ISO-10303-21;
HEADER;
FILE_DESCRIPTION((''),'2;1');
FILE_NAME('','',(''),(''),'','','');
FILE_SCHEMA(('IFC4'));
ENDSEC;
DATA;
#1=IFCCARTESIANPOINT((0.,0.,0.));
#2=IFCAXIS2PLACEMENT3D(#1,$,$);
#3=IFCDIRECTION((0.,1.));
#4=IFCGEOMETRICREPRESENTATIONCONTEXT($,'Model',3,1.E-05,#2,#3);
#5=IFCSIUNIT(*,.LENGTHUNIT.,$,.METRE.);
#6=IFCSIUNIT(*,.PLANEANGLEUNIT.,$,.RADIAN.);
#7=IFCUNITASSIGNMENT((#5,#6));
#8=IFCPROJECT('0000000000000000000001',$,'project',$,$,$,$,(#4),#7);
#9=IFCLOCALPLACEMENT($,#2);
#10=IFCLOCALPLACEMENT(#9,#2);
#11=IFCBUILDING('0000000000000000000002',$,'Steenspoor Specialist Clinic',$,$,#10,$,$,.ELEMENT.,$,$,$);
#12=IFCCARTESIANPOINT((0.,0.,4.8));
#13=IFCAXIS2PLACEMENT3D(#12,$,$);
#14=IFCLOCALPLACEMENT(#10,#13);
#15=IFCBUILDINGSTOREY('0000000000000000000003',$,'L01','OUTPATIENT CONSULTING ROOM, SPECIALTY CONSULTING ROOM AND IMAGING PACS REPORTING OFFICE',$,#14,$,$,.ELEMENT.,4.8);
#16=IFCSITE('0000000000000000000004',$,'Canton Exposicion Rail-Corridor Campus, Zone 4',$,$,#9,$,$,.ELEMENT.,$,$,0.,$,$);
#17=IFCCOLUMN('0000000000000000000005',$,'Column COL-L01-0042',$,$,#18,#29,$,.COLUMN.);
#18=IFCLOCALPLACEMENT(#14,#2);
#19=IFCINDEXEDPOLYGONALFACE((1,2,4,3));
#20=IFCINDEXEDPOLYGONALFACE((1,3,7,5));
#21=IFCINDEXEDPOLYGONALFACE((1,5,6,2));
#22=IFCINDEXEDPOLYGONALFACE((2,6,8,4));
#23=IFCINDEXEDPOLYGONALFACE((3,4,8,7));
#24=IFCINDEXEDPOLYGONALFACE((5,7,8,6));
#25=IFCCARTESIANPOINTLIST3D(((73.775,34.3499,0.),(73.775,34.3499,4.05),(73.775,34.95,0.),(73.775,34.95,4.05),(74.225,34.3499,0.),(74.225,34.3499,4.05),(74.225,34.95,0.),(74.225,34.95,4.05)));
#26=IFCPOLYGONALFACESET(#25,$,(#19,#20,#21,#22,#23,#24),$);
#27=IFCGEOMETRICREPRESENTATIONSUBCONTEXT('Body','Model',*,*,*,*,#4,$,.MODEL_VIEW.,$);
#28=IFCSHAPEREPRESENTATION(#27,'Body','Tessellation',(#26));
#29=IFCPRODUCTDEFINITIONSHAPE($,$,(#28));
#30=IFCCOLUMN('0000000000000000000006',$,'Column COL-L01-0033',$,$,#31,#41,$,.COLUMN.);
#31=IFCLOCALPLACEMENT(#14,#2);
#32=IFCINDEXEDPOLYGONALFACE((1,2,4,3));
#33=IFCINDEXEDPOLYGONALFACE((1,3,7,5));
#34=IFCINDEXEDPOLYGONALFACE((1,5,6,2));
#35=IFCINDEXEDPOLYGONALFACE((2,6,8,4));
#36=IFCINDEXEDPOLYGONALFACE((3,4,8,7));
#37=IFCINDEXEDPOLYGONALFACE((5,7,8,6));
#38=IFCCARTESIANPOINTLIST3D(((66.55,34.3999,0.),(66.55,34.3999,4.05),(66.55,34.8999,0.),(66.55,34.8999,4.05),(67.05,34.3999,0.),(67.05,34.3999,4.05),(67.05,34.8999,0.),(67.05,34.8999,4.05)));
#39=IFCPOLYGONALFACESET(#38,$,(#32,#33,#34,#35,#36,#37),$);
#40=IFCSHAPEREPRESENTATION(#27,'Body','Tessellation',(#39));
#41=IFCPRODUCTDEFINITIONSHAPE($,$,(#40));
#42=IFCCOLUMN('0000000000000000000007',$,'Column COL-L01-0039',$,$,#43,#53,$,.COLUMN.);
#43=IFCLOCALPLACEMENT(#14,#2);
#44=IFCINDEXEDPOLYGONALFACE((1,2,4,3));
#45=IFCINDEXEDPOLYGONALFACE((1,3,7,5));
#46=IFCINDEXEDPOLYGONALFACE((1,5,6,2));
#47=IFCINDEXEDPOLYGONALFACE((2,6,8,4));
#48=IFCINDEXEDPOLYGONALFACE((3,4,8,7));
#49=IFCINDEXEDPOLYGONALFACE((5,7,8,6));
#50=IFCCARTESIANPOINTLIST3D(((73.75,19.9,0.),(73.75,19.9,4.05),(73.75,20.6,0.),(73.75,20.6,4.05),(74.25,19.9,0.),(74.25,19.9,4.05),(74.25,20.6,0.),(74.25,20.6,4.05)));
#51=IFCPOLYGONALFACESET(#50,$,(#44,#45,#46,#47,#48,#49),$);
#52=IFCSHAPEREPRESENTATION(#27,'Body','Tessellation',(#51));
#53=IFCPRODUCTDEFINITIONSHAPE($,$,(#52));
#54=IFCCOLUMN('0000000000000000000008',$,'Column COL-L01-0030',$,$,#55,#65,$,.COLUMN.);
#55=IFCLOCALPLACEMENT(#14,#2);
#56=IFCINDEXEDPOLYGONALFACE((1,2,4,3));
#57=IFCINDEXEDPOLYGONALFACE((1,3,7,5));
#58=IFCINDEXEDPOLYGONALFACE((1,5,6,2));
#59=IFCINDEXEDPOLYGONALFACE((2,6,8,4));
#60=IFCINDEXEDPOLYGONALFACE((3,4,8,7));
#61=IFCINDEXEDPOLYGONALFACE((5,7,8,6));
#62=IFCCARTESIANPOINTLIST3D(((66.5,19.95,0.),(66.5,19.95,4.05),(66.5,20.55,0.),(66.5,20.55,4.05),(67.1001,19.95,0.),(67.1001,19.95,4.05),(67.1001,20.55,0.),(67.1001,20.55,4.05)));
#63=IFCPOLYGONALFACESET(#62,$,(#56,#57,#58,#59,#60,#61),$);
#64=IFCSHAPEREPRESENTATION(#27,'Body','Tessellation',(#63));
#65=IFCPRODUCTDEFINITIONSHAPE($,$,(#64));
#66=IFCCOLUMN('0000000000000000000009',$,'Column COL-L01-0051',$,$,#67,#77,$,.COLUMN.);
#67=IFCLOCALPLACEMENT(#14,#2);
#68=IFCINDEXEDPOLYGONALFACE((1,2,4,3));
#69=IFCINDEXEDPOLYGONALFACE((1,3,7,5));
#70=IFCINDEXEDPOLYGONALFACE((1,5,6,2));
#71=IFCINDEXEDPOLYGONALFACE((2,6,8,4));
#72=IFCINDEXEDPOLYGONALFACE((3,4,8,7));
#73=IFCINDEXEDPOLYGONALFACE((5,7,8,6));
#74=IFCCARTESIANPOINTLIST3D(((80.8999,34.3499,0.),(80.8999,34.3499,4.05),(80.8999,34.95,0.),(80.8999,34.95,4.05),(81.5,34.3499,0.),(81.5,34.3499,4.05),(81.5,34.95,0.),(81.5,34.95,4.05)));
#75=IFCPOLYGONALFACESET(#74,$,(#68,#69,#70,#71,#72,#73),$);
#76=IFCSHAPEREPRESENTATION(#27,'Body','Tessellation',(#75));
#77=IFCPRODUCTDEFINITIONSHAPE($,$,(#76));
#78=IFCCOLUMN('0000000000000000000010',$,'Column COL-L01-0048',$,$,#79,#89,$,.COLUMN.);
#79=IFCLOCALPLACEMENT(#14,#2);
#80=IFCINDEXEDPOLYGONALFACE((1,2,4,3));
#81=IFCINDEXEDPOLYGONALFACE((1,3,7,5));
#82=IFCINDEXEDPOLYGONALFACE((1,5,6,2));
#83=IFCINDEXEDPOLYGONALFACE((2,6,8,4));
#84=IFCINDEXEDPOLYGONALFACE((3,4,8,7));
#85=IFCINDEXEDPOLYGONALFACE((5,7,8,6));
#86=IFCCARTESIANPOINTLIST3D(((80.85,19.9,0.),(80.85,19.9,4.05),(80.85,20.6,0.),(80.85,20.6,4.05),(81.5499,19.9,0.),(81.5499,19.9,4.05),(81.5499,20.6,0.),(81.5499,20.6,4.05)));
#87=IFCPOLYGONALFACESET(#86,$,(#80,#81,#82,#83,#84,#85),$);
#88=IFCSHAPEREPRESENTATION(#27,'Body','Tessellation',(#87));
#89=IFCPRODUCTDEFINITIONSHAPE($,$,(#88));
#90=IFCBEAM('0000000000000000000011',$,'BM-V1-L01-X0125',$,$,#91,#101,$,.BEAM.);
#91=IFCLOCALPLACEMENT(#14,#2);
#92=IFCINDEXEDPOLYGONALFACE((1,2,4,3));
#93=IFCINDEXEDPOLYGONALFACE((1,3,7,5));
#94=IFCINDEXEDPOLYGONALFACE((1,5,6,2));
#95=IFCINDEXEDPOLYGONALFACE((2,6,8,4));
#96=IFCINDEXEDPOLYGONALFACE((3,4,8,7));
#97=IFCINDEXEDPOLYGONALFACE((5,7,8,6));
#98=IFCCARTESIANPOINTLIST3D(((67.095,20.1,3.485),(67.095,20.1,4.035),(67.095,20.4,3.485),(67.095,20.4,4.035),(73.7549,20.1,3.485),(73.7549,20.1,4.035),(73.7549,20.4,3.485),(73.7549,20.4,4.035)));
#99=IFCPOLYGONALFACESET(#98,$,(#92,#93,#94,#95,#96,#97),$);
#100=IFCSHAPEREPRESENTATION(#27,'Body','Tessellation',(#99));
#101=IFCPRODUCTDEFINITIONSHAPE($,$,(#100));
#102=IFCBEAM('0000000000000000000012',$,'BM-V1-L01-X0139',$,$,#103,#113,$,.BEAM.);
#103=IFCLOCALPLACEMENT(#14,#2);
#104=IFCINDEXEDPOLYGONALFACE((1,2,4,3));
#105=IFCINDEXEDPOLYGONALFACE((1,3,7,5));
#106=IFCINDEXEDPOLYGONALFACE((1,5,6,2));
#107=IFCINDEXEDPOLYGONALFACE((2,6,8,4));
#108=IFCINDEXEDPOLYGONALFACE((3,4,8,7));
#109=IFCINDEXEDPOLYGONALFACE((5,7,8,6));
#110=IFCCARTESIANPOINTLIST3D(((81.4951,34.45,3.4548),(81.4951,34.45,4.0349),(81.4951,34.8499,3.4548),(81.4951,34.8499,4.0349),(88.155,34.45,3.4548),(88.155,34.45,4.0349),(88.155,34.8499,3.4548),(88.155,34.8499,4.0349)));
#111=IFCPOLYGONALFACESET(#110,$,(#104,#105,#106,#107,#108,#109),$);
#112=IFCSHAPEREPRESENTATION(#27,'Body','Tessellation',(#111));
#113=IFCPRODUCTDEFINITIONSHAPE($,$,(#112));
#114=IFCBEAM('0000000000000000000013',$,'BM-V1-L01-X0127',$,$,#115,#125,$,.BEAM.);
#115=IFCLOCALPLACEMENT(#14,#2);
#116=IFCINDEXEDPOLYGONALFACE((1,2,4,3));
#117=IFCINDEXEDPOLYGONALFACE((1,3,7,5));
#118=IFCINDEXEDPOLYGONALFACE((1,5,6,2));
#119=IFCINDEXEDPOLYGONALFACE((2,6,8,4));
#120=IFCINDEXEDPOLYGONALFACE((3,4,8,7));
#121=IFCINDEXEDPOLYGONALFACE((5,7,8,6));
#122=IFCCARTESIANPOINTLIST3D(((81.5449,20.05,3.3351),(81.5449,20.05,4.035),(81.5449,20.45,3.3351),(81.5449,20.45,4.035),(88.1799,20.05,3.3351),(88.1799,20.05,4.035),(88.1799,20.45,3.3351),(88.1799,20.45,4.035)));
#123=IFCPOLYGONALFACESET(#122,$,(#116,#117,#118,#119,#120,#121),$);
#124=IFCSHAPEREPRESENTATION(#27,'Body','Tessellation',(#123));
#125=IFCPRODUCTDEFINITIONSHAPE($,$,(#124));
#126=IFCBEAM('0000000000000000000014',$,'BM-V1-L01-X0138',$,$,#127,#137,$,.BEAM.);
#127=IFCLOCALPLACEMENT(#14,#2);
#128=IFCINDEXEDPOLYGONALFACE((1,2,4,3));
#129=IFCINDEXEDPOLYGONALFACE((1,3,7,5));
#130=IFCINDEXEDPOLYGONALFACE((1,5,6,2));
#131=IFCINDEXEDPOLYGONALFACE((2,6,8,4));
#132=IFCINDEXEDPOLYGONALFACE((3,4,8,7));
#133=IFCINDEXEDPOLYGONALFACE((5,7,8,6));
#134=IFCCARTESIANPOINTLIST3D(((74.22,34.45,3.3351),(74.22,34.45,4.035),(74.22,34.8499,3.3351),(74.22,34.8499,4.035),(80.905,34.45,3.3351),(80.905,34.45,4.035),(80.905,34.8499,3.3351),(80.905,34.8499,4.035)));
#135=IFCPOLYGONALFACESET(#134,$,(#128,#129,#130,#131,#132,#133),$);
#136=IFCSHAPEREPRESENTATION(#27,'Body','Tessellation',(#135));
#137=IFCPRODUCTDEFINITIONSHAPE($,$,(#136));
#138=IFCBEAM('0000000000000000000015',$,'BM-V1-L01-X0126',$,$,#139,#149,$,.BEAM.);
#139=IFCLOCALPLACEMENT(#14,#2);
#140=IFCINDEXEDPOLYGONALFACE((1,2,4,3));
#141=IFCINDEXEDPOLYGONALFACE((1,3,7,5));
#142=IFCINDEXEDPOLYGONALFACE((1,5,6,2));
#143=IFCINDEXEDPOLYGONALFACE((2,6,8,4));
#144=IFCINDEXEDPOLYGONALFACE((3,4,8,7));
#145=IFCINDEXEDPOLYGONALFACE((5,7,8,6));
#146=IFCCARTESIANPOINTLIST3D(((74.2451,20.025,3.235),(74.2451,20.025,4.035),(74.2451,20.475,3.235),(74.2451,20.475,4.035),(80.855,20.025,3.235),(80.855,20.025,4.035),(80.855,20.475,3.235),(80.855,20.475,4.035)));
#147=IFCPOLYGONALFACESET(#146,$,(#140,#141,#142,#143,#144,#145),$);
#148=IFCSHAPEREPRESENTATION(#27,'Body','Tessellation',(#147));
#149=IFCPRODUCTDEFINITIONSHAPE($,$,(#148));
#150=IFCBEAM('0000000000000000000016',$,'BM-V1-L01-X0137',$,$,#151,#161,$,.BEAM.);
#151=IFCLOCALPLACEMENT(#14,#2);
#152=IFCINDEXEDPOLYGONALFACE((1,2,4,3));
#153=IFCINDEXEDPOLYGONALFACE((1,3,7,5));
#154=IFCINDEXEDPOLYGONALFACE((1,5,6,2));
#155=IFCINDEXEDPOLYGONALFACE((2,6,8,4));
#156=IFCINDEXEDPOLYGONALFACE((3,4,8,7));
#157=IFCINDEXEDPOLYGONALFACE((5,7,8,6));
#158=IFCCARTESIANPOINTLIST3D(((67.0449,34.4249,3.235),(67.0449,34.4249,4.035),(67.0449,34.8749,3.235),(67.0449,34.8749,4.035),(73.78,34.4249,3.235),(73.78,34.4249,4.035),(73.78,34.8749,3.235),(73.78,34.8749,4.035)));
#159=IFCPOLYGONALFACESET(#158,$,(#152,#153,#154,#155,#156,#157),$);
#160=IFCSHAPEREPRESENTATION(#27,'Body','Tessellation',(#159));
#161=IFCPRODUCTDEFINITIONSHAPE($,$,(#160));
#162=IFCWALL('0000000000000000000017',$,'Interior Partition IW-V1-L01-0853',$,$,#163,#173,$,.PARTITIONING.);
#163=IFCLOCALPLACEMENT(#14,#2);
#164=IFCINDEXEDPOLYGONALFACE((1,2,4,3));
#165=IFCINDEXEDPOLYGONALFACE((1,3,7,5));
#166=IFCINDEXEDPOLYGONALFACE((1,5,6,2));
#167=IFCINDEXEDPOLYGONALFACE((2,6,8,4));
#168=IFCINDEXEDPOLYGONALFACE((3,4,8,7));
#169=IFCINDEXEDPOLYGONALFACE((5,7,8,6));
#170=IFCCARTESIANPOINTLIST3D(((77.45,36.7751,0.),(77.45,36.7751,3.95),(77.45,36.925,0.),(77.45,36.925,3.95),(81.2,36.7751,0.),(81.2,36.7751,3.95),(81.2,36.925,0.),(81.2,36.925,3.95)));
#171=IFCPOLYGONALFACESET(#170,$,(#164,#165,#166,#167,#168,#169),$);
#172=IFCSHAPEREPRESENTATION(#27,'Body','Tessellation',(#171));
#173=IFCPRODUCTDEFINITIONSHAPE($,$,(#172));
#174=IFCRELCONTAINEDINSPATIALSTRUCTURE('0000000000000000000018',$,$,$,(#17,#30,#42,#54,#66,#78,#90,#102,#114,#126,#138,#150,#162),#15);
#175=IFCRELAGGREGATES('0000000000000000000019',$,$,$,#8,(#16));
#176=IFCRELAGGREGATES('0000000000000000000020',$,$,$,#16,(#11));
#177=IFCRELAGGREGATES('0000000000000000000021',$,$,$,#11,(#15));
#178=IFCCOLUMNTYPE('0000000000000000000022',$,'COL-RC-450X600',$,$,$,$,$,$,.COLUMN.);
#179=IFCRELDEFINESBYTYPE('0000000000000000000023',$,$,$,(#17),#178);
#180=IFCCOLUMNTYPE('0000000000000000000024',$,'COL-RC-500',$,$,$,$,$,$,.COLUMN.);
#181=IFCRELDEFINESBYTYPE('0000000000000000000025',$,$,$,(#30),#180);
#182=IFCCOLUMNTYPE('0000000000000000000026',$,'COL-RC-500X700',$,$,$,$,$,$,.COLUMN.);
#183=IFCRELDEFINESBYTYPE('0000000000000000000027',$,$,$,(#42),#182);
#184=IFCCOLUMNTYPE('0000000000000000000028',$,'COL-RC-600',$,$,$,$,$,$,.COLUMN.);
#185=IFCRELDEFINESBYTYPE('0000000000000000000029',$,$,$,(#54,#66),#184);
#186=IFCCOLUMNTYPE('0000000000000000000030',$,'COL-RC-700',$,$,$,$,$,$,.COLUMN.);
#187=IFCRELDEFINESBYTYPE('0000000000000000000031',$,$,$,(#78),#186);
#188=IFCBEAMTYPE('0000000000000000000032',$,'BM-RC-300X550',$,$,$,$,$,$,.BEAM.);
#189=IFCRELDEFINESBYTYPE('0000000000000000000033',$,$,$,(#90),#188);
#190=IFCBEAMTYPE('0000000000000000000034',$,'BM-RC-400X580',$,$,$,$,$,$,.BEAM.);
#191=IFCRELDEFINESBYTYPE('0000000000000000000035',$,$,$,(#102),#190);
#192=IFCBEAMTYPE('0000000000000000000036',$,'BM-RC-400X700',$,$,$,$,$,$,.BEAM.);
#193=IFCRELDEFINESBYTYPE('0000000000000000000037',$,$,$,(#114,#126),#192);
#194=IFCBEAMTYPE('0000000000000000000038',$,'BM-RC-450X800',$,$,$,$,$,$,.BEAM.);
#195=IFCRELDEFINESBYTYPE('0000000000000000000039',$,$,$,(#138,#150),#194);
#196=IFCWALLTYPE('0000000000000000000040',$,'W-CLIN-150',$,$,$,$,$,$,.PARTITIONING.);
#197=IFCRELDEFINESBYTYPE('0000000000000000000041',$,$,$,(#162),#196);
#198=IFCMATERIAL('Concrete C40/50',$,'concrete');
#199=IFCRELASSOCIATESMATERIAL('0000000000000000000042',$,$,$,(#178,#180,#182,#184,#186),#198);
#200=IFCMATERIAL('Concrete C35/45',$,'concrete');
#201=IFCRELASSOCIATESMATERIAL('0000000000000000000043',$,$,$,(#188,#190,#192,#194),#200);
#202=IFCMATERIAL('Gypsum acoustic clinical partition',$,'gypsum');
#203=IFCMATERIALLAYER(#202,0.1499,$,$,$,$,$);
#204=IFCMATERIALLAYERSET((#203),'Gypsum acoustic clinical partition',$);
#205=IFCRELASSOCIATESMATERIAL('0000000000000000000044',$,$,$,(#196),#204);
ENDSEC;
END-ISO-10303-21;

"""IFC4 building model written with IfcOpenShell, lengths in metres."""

from ifc_helpers import new_model, si_unit, direction, frame, frame_2d, origin, origin_2d, place, context, subcontext, project, spatial, rectangle, extrude, material, layer, layer_set, material_profile, profile_set, type_object, element, save


model = new_model("IFC4")

# Units and contexts
model_context = context("Model", 3, precision=1e-05, world=origin(), true_north=direction((0.0, 1.0)))
body_context = subcontext(model_context, "Body", "Model", "MODEL_VIEW")
ifc_project = project(units=[si_unit("LENGTHUNIT", "METRE"), si_unit("PLANEANGLEUNIT", "RADIAN")], contexts=[model_context])

# Site, building, storey
site_placement = place(None, origin())
site = spatial("IfcSite", under=ifc_project, at=site_placement, Name="Canton Exposicion Rail-Corridor Campus, Zone 4", CompositionType="ELEMENT", RefElevation=0.0)
building_placement = place(site_placement, origin())
building = spatial("IfcBuilding", under=site, at=building_placement, Name="Steenspoor Specialist Clinic", CompositionType="ELEMENT")
storey_placement = place(building_placement, frame((0.0, 0.0, 4.8)))
storey = spatial("IfcBuildingStorey", under=building, at=storey_placement, Name="L01", Description="OUTPATIENT CONSULTING ROOM, SPECIALTY CONSULTING ROOM AND IMAGING PACS REPORTING OFFICE", CompositionType="ELEMENT", Elevation=4.8)

# Columns
ifc_material_1 = material(Name="Concrete C40/50", Category="concrete")
ifc_material_profile_1 = material_profile(ifc_material_1, rectangle(XDim=0.45, YDim=0.6001, at=origin_2d()), Name="RC-COL-450X600")
ifc_profile_set_1 = profile_set([ifc_material_profile_1], Name="Concrete C40/50")
column_type_1 = type_object("IfcColumnType", Name="COL-RC-450X600", PredefinedType="COLUMN", material=ifc_profile_set_1)
column_1_placement = place(storey_placement, frame((74.0, 34.6499, 0.0), z_axis=(0.0, 0.0, 1.0), x_axis=(1.0, 0.0, 0.0)))
element("IfcColumn", 1, at=column_1_placement, inside=storey, type_object=column_type_1, Name="Column COL-L01-0042", PredefinedType="COLUMN", context=body_context, shape_type="SweptSolid", body=[
    extrude(rectangle(XDim=0.45, YDim=0.6001, at=origin_2d()), origin(), (0.0, 0.0, 1.0), 4.05),
])
ifc_material_profile_2 = material_profile(ifc_material_1, rectangle(XDim=0.5, YDim=0.5, at=origin_2d()), Name="RC-COL-500X500")
ifc_profile_set_2 = profile_set([ifc_material_profile_2], Name="Concrete C40/50")
column_type_2 = type_object("IfcColumnType", Name="COL-RC-500", PredefinedType="COLUMN", material=ifc_profile_set_2)
column_2_placement = place(storey_placement, frame((66.8, 34.6499, 0.0), z_axis=(0.0, 0.0, 1.0), x_axis=(1.0, 0.0, 0.0)))
element("IfcColumn", 2, at=column_2_placement, inside=storey, type_object=column_type_2, Name="Column COL-L01-0033", PredefinedType="COLUMN", context=body_context, shape_type="SweptSolid", body=[
    extrude(rectangle(XDim=0.5, YDim=0.5, at=origin_2d()), origin(), (0.0, 0.0, 1.0), 4.05),
])
ifc_material_profile_3 = material_profile(ifc_material_1, rectangle(XDim=0.5, YDim=0.7, at=origin_2d()), Name="RC-COL-500X700")
ifc_profile_set_3 = profile_set([ifc_material_profile_3], Name="Concrete C40/50")
column_type_3 = type_object("IfcColumnType", Name="COL-RC-500X700", PredefinedType="COLUMN", material=ifc_profile_set_3)
column_3_placement = place(storey_placement, frame((74.0, 20.25, 0.0), z_axis=(0.0, 0.0, 1.0), x_axis=(1.0, 0.0, 0.0)))
element("IfcColumn", 3, at=column_3_placement, inside=storey, type_object=column_type_3, Name="Column COL-L01-0039", PredefinedType="COLUMN", context=body_context, shape_type="SweptSolid", body=[
    extrude(rectangle(XDim=0.5, YDim=0.7, at=origin_2d()), origin(), (0.0, 0.0, 1.0), 4.05),
])
ifc_material_profile_4 = material_profile(ifc_material_1, rectangle(XDim=0.6001, YDim=0.6001, at=origin_2d()), Name="RC-COL-600X600")
ifc_profile_set_4 = profile_set([ifc_material_profile_4], Name="Concrete C40/50")
column_type_4 = type_object("IfcColumnType", Name="COL-RC-600", PredefinedType="COLUMN", material=ifc_profile_set_4)
for number, where, z_axis, x_axis, name in (
    (4, (66.8, 20.25, 0.0), (0.0, 0.0, 1.0), (1.0, 0.0, 0.0), "Column COL-L01-0030"),
    (5, (81.2, 34.6499, 0.0), (0.0, 0.0, 1.0), (1.0, 0.0, 0.0), "Column COL-L01-0051"),
):
    element("IfcColumn", number, at=place(storey_placement, frame(where, z_axis=z_axis, x_axis=x_axis)), inside=storey, type_object=column_type_4, Name=name, PredefinedType="COLUMN", context=body_context, shape_type="SweptSolid", body=[
        extrude(rectangle(XDim=0.6001, YDim=0.6001, at=origin_2d()), origin(), (0.0, 0.0, 1.0), 4.05),
    ])
ifc_material_profile_5 = material_profile(ifc_material_1, rectangle(XDim=0.7, YDim=0.7, at=origin_2d()), Name="RC-COL-700X700")
ifc_profile_set_5 = profile_set([ifc_material_profile_5], Name="Concrete C40/50")
column_type_5 = type_object("IfcColumnType", Name="COL-RC-700", PredefinedType="COLUMN", material=ifc_profile_set_5)
column_4_placement = place(storey_placement, frame((81.2, 20.25, 0.0), z_axis=(0.0, 0.0, 1.0), x_axis=(1.0, 0.0, 0.0)))
element("IfcColumn", 6, at=column_4_placement, inside=storey, type_object=column_type_5, Name="Column COL-L01-0048", PredefinedType="COLUMN", context=body_context, shape_type="SweptSolid", body=[
    extrude(rectangle(XDim=0.7, YDim=0.7, at=origin_2d()), origin(), (0.0, 0.0, 1.0), 4.05),
])

# Beams
ifc_material_2 = material(Name="Concrete C35/45", Category="concrete")
ifc_material_profile_6 = material_profile(ifc_material_2, rectangle(XDim=0.3, YDim=0.55, at=origin_2d()), Name="RC-BM-300X550")
ifc_profile_set_6 = profile_set([ifc_material_profile_6], Name="Concrete C35/45")
beam_type_1 = type_object("IfcBeamType", Name="BM-RC-300X550", PredefinedType="BEAM", material=ifc_profile_set_6)
beam_1_placement = place(storey_placement, frame((67.095, 20.25, 3.76), z_axis=(1.0, 0.0, 0.0), x_axis=(0.0, 1.0, 0.0)))
element("IfcBeam", 7, at=beam_1_placement, inside=storey, type_object=beam_type_1, Name="BM-V1-L01-X0125", PredefinedType="BEAM", context=body_context, shape_type="SweptSolid", body=[
    extrude(rectangle(XDim=0.3, YDim=0.55, at=origin_2d()), origin(), (0.0, 0.0, 1.0), 6.6599),
])
ifc_material_profile_7 = material_profile(ifc_material_2, rectangle(XDim=0.3999, YDim=0.5801, at=origin_2d()), Name="RC-BM-400X580")
ifc_profile_set_7 = profile_set([ifc_material_profile_7], Name="Concrete C35/45")
beam_type_2 = type_object("IfcBeamType", Name="BM-RC-400X580", PredefinedType="BEAM", material=ifc_profile_set_7)
beam_2_placement = place(storey_placement, frame((81.4951, 34.6499, 3.7449), z_axis=(1.0, 0.0, 0.0), x_axis=(0.0, 1.0, 0.0)))
element("IfcBeam", 8, at=beam_2_placement, inside=storey, type_object=beam_type_2, Name="BM-V1-L01-X0139", PredefinedType="BEAM", context=body_context, shape_type="SweptSolid", body=[
    extrude(rectangle(XDim=0.3999, YDim=0.5801, at=origin_2d()), origin(), (0.0, 0.0, 1.0), 6.6599),
])
ifc_material_profile_8 = material_profile(ifc_material_2, rectangle(XDim=0.3999, YDim=0.7, at=origin_2d()), Name="RC-BM-400X700")
ifc_profile_set_8 = profile_set([ifc_material_profile_8], Name="Concrete C35/45")
beam_type_3 = type_object("IfcBeamType", Name="BM-RC-400X700", PredefinedType="BEAM", material=ifc_profile_set_8)
beam_3_placement = place(storey_placement, frame((81.5449, 20.25, 3.6851), z_axis=(1.0, 0.0, 0.0), x_axis=(0.0, 1.0, 0.0)))
element("IfcBeam", 9, at=beam_3_placement, inside=storey, type_object=beam_type_3, Name="BM-V1-L01-X0127", PredefinedType="BEAM", context=body_context, shape_type="SweptSolid", body=[
    extrude(rectangle(XDim=0.3999, YDim=0.7, at=origin_2d()), origin(), (0.0, 0.0, 1.0), 6.635),
])
beam_4_placement = place(storey_placement, frame((74.22, 34.6499, 3.6851), z_axis=(1.0, 0.0, 0.0), x_axis=(0.0, 1.0, 0.0)))
element("IfcBeam", 10, at=beam_4_placement, inside=storey, type_object=beam_type_3, Name="BM-V1-L01-X0138", PredefinedType="BEAM", context=body_context, shape_type="SweptSolid", body=[
    extrude(rectangle(XDim=0.3999, YDim=0.7, at=origin_2d()), origin(), (0.0, 0.0, 1.0), 6.6851),
])
ifc_material_profile_9 = material_profile(ifc_material_2, rectangle(XDim=0.45, YDim=0.8, at=origin_2d()), Name="RC-BM-450X800")
ifc_profile_set_9 = profile_set([ifc_material_profile_9], Name="Concrete C35/45")
beam_type_4 = type_object("IfcBeamType", Name="BM-RC-450X800", PredefinedType="BEAM", material=ifc_profile_set_9)
beam_5_placement = place(storey_placement, frame((74.2451, 20.25, 3.635), z_axis=(1.0, 0.0, 0.0), x_axis=(0.0, 1.0, 0.0)))
element("IfcBeam", 11, at=beam_5_placement, inside=storey, type_object=beam_type_4, Name="BM-V1-L01-X0126", PredefinedType="BEAM", context=body_context, shape_type="SweptSolid", body=[
    extrude(rectangle(XDim=0.45, YDim=0.8, at=origin_2d()), origin(), (0.0, 0.0, 1.0), 6.6099),
])
beam_6_placement = place(storey_placement, frame((67.0449, 34.6499, 3.635), z_axis=(1.0, 0.0, 0.0), x_axis=(0.0, 1.0, 0.0)))
element("IfcBeam", 12, at=beam_6_placement, inside=storey, type_object=beam_type_4, Name="BM-V1-L01-X0137", PredefinedType="BEAM", context=body_context, shape_type="SweptSolid", body=[
    extrude(rectangle(XDim=0.45, YDim=0.8, at=origin_2d()), origin(), (0.0, 0.0, 1.0), 6.7351),
])

# Wall
ifc_material_3 = material(Name="Gypsum acoustic clinical partition", Category="gypsum")
ifc_layer_1 = layer(ifc_material_3, 0.1499)
ifc_layer_set_1 = layer_set([ifc_layer_1], Name="Gypsum acoustic clinical partition")
wall_type_1 = type_object("IfcWallType", Name="W-CLIN-150", PredefinedType="PARTITIONING", material=ifc_layer_set_1)
wall_1_placement = place(storey_placement, frame((77.45, 36.8501, 0.0), z_axis=(0.0, 0.0, 1.0), x_axis=(1.0, 0.0, 0.0)))
element("IfcWall", 13, at=wall_1_placement, inside=storey, type_object=wall_type_1, Name="Interior Partition IW-V1-L01-0853", PredefinedType="PARTITIONING", context=body_context, shape_type="SweptSolid", body=[
    extrude(rectangle(XDim=3.75, YDim=0.1499, at=frame_2d((1.875, 0.0))), origin(), (0.0, 0.0, 1.0), 3.95),
])

save(model, "model.ifc")
